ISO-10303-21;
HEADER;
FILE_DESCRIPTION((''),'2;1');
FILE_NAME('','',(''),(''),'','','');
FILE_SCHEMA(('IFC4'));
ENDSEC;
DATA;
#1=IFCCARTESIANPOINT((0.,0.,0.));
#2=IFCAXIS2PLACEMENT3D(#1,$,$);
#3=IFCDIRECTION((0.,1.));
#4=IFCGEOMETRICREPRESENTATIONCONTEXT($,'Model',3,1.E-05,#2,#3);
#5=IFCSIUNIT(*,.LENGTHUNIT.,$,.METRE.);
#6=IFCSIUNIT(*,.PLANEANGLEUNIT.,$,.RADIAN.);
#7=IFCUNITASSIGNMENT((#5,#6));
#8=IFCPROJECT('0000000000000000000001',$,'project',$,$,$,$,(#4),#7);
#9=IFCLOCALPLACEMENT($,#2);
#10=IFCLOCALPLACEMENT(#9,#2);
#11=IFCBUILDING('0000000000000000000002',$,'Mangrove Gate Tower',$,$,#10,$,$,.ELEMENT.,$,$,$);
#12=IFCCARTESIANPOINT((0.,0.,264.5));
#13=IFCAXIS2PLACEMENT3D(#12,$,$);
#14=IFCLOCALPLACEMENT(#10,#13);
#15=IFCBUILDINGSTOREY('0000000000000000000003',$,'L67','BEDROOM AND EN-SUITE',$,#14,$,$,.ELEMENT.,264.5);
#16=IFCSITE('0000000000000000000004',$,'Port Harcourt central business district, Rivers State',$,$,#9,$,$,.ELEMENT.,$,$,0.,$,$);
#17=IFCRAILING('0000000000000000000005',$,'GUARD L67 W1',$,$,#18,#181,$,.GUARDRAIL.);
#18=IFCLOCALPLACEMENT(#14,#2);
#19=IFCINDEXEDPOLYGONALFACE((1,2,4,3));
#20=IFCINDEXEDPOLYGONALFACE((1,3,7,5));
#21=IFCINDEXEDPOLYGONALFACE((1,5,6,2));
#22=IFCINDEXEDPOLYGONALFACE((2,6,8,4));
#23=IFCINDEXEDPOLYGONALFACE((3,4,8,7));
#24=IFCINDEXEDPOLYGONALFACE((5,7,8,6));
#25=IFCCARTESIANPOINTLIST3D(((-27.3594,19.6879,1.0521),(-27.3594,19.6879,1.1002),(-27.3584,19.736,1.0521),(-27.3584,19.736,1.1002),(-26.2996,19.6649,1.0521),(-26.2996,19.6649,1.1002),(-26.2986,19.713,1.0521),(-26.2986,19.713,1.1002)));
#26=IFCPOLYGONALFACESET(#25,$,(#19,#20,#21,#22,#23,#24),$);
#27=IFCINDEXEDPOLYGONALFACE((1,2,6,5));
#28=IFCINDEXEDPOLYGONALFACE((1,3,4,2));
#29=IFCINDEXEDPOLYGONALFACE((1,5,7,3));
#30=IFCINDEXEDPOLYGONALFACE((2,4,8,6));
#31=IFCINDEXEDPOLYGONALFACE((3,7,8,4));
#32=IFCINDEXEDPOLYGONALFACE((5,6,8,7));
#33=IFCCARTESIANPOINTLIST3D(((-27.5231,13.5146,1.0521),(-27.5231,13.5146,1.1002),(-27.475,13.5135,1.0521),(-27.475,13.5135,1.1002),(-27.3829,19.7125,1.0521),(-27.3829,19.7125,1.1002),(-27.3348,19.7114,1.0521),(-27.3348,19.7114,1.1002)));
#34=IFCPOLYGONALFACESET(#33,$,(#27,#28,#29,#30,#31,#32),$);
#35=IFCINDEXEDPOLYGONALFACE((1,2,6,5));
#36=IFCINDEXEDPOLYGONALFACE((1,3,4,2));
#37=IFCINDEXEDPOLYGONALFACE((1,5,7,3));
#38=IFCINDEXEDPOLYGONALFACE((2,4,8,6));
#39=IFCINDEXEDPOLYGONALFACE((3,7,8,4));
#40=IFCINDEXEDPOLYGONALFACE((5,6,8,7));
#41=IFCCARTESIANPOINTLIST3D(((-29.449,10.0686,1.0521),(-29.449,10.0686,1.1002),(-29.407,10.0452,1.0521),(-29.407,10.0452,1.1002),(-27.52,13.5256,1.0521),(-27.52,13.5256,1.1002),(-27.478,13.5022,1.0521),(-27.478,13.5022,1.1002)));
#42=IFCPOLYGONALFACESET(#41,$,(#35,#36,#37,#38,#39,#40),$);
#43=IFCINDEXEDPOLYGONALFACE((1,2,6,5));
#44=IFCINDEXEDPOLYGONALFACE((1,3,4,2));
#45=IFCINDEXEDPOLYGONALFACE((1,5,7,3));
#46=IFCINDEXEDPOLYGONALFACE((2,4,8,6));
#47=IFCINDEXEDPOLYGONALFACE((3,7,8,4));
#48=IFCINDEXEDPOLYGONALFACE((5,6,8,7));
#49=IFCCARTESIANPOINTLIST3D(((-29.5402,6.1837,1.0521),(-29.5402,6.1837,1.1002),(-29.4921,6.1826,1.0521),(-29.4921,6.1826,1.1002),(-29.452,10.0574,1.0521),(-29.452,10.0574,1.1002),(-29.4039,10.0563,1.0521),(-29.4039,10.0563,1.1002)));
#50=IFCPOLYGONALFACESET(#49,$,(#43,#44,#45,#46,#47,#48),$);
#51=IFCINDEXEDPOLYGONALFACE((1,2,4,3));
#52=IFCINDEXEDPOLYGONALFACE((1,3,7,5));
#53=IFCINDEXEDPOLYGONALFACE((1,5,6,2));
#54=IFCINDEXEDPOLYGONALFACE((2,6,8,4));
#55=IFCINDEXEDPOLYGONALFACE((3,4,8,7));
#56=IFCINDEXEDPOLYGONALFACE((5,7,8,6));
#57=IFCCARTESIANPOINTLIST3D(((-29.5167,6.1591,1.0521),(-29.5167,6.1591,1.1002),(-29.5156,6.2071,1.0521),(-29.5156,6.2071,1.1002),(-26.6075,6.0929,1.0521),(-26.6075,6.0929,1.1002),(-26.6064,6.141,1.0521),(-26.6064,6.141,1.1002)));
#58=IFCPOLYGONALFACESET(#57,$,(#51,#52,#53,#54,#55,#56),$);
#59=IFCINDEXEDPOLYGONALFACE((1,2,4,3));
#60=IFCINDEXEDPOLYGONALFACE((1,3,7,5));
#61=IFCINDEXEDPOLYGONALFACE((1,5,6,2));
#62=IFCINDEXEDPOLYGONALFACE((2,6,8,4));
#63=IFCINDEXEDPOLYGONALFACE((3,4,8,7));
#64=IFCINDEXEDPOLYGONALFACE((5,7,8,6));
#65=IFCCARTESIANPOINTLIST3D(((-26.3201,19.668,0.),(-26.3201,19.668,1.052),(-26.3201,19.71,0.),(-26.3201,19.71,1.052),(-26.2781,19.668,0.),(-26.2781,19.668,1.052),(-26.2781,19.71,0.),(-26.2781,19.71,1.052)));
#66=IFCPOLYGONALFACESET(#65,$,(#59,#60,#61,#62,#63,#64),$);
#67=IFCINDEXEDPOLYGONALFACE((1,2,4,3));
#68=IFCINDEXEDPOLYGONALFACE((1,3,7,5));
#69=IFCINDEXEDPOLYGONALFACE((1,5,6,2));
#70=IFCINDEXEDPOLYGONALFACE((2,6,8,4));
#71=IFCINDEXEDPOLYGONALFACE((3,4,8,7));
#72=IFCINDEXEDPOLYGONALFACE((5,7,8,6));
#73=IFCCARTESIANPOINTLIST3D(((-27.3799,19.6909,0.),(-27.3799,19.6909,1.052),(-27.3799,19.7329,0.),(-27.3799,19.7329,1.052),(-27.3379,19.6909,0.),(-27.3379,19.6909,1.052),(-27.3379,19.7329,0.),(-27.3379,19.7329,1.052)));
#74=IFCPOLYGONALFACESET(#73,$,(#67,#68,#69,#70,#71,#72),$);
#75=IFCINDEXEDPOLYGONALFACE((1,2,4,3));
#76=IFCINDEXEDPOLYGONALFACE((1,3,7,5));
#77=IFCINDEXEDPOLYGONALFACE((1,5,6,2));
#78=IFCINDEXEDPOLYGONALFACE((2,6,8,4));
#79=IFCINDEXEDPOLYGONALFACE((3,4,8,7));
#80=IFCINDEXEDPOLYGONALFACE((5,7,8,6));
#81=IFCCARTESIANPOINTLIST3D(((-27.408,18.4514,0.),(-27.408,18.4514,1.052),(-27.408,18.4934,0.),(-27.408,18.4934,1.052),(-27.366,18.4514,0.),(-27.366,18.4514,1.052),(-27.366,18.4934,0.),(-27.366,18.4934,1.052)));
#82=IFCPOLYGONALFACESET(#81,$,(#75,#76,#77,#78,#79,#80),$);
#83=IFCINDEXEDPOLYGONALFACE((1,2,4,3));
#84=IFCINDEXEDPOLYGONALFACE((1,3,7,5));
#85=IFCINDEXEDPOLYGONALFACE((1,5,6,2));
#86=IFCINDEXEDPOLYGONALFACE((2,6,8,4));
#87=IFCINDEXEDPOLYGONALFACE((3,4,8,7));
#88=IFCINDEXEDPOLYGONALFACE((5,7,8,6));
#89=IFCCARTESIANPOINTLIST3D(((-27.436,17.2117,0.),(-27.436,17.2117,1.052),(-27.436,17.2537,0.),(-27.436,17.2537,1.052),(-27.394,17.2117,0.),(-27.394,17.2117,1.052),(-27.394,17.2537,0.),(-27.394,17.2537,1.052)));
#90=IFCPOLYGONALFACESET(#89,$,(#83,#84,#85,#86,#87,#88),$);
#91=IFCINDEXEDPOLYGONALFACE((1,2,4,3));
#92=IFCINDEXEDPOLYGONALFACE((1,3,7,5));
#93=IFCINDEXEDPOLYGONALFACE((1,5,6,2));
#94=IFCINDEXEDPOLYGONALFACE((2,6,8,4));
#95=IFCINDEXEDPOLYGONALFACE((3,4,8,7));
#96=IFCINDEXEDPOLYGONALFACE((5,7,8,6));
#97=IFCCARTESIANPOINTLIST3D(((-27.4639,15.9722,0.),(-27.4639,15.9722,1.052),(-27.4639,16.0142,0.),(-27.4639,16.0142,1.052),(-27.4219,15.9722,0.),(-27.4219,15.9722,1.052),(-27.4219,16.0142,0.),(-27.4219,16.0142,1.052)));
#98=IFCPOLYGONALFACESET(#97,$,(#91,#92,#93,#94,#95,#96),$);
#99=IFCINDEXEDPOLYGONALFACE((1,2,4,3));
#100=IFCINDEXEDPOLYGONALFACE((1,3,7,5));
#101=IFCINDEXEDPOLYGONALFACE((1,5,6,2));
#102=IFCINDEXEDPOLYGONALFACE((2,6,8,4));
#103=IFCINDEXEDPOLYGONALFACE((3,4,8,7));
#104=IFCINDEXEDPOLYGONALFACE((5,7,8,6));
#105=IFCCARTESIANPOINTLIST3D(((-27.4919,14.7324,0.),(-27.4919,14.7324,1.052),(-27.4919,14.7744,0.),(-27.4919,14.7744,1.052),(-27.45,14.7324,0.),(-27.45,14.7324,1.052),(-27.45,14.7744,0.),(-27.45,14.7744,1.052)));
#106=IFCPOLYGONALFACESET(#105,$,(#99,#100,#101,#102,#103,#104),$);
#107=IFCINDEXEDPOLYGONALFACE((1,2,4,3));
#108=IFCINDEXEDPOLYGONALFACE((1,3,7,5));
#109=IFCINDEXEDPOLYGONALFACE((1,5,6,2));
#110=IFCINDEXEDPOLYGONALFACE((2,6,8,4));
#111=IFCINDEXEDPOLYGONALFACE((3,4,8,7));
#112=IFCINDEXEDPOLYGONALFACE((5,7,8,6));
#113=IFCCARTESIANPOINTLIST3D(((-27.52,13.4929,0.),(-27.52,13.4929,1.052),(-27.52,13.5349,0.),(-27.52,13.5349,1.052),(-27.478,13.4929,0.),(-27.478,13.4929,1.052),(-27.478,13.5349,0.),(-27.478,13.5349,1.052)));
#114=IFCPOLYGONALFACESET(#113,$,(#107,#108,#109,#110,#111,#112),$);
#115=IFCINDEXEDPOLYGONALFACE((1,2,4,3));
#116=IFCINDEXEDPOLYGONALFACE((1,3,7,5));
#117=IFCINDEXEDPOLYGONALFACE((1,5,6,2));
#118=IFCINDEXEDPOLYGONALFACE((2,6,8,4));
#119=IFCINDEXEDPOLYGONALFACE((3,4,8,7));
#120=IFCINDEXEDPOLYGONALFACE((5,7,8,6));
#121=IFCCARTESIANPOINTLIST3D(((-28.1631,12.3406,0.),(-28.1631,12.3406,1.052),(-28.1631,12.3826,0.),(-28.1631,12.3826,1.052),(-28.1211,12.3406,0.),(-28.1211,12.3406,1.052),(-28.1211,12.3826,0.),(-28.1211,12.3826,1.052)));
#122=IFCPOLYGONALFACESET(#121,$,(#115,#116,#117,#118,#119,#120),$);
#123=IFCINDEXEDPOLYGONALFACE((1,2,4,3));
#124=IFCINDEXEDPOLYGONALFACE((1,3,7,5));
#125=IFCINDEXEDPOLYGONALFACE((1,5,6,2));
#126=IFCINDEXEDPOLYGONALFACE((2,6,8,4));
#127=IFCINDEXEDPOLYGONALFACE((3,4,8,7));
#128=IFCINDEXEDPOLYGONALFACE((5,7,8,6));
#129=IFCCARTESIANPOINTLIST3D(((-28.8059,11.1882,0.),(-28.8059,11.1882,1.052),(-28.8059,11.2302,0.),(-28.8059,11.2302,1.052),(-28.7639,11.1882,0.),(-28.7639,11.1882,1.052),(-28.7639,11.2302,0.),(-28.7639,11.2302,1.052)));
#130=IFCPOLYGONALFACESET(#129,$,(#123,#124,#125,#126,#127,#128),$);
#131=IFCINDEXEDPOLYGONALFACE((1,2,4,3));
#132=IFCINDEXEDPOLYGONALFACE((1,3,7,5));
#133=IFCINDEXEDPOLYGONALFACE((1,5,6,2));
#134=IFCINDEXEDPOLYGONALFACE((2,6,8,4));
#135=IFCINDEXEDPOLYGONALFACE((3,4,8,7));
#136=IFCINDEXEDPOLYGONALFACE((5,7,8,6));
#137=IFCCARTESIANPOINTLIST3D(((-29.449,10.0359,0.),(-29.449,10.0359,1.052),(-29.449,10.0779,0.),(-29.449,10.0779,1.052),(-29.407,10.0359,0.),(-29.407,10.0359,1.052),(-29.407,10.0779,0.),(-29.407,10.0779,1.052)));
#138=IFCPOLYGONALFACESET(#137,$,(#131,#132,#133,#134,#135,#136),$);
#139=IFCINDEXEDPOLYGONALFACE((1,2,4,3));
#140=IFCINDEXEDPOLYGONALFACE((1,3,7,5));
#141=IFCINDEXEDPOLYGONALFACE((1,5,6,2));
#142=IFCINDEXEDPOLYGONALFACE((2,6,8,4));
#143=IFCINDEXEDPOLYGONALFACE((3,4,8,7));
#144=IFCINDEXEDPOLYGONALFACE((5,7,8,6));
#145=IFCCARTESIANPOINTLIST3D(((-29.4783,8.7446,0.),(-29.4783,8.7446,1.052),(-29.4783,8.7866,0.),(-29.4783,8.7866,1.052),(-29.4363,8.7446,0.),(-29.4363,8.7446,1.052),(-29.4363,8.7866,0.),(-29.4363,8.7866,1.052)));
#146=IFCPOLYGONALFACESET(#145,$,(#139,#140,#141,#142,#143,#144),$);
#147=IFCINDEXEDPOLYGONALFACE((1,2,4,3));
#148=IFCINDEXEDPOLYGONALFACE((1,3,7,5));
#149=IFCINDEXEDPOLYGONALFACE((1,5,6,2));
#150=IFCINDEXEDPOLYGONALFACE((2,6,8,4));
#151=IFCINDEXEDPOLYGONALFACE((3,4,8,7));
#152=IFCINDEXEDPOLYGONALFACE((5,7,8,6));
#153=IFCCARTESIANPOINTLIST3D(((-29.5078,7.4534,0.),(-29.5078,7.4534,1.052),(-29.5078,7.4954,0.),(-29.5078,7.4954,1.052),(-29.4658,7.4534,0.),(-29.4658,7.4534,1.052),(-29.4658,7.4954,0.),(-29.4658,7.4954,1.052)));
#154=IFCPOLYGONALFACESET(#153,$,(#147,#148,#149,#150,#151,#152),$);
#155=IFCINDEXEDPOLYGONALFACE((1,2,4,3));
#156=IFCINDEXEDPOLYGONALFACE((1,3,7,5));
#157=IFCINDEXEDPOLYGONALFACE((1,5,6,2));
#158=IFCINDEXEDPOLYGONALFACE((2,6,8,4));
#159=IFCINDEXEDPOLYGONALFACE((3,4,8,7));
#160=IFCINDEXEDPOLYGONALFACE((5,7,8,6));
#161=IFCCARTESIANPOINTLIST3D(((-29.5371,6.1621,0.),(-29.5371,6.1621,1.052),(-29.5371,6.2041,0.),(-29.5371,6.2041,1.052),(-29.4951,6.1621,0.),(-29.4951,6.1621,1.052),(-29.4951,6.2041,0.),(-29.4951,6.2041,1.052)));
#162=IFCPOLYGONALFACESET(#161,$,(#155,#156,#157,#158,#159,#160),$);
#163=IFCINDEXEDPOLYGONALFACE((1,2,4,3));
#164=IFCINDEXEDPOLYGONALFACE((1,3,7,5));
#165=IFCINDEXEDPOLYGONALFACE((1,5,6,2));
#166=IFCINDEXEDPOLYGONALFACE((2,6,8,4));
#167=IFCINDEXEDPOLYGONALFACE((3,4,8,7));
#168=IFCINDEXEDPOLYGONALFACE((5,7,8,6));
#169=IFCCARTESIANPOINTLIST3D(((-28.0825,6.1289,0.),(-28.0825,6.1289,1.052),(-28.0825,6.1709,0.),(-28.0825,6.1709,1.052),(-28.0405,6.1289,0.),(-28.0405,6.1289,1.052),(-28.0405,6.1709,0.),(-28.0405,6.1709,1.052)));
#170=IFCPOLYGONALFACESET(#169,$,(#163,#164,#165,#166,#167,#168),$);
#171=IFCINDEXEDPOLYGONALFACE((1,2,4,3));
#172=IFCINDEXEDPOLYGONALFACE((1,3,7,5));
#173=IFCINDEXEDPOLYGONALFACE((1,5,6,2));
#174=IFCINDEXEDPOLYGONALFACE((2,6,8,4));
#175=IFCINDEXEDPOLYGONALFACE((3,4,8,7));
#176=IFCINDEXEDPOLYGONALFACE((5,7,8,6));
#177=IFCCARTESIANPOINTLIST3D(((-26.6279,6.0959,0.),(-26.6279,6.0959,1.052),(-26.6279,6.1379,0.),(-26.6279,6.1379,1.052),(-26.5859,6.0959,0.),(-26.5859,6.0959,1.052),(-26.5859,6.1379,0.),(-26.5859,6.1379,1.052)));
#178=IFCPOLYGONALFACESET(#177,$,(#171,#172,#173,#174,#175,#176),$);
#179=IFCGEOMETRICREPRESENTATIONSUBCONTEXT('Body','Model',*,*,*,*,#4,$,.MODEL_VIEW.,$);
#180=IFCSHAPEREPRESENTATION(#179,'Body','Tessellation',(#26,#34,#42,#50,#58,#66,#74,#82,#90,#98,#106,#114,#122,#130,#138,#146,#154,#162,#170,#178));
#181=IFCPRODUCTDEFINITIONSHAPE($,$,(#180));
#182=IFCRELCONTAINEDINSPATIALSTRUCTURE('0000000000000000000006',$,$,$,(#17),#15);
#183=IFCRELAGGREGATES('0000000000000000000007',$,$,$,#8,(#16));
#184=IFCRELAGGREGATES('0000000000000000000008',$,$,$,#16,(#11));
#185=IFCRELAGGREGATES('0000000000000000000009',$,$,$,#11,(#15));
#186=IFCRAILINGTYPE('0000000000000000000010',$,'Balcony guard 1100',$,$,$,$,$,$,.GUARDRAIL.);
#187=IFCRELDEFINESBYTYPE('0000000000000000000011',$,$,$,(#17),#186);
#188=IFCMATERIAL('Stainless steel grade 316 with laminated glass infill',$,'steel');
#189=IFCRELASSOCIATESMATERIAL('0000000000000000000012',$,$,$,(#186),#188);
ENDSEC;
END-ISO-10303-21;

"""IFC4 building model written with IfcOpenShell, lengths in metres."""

from ifc_helpers import new_model, si_unit, direction, frame, origin, origin_2d, place, context, subcontext, project, spatial, rectangle, extrude, material, type_object, element, save


model = new_model("IFC4")

# Units and contexts
model_context = context("Model", 3, precision=1e-05, world=origin(), true_north=direction((0.0, 1.0)))
body_context = subcontext(model_context, "Body", "Model", "MODEL_VIEW")
ifc_project = project(units=[si_unit("LENGTHUNIT", "METRE"), si_unit("PLANEANGLEUNIT", "RADIAN")], contexts=[model_context])

# Site, building, storey
site_placement = place(None, origin())
site = spatial("IfcSite", under=ifc_project, at=site_placement, Name="Port Harcourt central business district, Rivers State", CompositionType="ELEMENT", RefElevation=0.0)
building_placement = place(site_placement, origin())
building = spatial("IfcBuilding", under=site, at=building_placement, Name="Mangrove Gate Tower", CompositionType="ELEMENT")
storey_placement = place(building_placement, frame((0.0, 0.0, 264.5)))
storey = spatial("IfcBuildingStorey", under=building, at=storey_placement, Name="L67", Description="BEDROOM AND EN-SUITE", CompositionType="ELEMENT", Elevation=264.5)

# Railing
ifc_material_1 = material(Name="Stainless steel grade 316 with laminated glass infill", Category="steel")
railing_type = type_object("IfcRailingType", Name="Balcony guard 1100", PredefinedType="GUARDRAIL", material=ifc_material_1)
railing_placement = place(storey_placement, frame((-26.2991, 19.689, 0.0)))
element("IfcRailing", 1, at=railing_placement, inside=storey, type_object=railing_type, Name="GUARD L67 W1", PredefinedType="GUARDRAIL", context=body_context, shape_type="SweptSolid", body=[
    extrude(rectangle(XDim=0.0481, YDim=0.0481, at=origin_2d()), frame((0.0, 0.0, 1.0762), z_axis=(-0.999766, 0.021649, 0.0), x_axis=(-0.021649, -0.999766, 0.0)), (0.0, 0.0, 1.0), 1.0601),
    extrude(rectangle(XDim=0.0481, YDim=0.0481, at=origin_2d()), frame((-1.0598, 0.0229, 1.0762), z_axis=(-0.022604, -0.999744, 0.0), x_axis=(0.999744, -0.022604, 0.0)), (0.0, 0.0, 1.0), 6.1995),
    extrude(rectangle(XDim=0.0481, YDim=0.0481, at=origin_2d()), frame((-1.2, -6.175, 1.0762), z_axis=(-0.48726, -0.873257, 0.0), x_axis=(0.873257, -0.48726, 0.0)), (0.0, 0.0, 1.0), 3.9587),
    extrude(rectangle(XDim=0.0481, YDim=0.0481, at=origin_2d()), frame((-3.1289, -9.6321, 1.0762), z_axis=(-0.022746, -0.999741, 0.0), x_axis=(0.999741, -0.022746, 0.0)), (0.0, 0.0, 1.0), 3.8748),
    extrude(rectangle(XDim=0.0481, YDim=0.0481, at=origin_2d()), frame((-3.217, -13.5059, 1.0762), z_axis=(0.999741, -0.022737, 0.0), x_axis=(0.022737, 0.999741, 0.0)), (0.0, 0.0, 1.0), 2.9099),
    extrude(rectangle(XDim=0.042, YDim=0.042, at=origin_2d()), origin(), (0.0, 0.0, 1.0), 1.052),
    extrude(rectangle(XDim=0.042, YDim=0.042, at=origin_2d()), frame((-1.0598, 0.0229, 0.0)), (0.0, 0.0, 1.0), 1.052),
    extrude(rectangle(XDim=0.042, YDim=0.042, at=origin_2d()), frame((-1.0879, -1.2166, 0.0)), (0.0, 0.0, 1.0), 1.052),
    extrude(rectangle(XDim=0.042, YDim=0.042, at=origin_2d()), frame((-1.116, -2.4563, 0.0)), (0.0, 0.0, 1.0), 1.052),
    extrude(rectangle(XDim=0.042, YDim=0.042, at=origin_2d()), frame((-1.1438, -3.6958, 0.0)), (0.0, 0.0, 1.0), 1.052),
    extrude(rectangle(XDim=0.042, YDim=0.042, at=origin_2d()), frame((-1.1719, -4.9355, 0.0)), (0.0, 0.0, 1.0), 1.052),
    extrude(rectangle(XDim=0.042, YDim=0.042, at=origin_2d()), frame((-1.2, -6.175, 0.0)), (0.0, 0.0, 1.0), 1.052),
    extrude(rectangle(XDim=0.042, YDim=0.042, at=origin_2d()), frame((-1.843, -7.3274, 0.0)), (0.0, 0.0, 1.0), 1.052),
    extrude(rectangle(XDim=0.042, YDim=0.042, at=origin_2d()), frame((-2.4858, -8.4797, 0.0)), (0.0, 0.0, 1.0), 1.052),
    extrude(rectangle(XDim=0.042, YDim=0.042, at=origin_2d()), frame((-3.1289, -9.6321, 0.0)), (0.0, 0.0, 1.0), 1.052),
    extrude(rectangle(XDim=0.042, YDim=0.042, at=origin_2d()), frame((-3.1582, -10.9233, 0.0)), (0.0, 0.0, 1.0), 1.052),
    extrude(rectangle(XDim=0.042, YDim=0.042, at=origin_2d()), frame((-3.1877, -12.2146, 0.0)), (0.0, 0.0, 1.0), 1.052),
    extrude(rectangle(XDim=0.042, YDim=0.042, at=origin_2d()), frame((-3.217, -13.5059, 0.0)), (0.0, 0.0, 1.0), 1.052),
    extrude(rectangle(XDim=0.042, YDim=0.042, at=origin_2d()), frame((-1.7625, -13.5391, 0.0)), (0.0, 0.0, 1.0), 1.052),
    extrude(rectangle(XDim=0.042, YDim=0.042, at=origin_2d()), frame((-0.3079, -13.572, 0.0)), (0.0, 0.0, 1.0), 1.052),
])

save(model, "model.ifc")
